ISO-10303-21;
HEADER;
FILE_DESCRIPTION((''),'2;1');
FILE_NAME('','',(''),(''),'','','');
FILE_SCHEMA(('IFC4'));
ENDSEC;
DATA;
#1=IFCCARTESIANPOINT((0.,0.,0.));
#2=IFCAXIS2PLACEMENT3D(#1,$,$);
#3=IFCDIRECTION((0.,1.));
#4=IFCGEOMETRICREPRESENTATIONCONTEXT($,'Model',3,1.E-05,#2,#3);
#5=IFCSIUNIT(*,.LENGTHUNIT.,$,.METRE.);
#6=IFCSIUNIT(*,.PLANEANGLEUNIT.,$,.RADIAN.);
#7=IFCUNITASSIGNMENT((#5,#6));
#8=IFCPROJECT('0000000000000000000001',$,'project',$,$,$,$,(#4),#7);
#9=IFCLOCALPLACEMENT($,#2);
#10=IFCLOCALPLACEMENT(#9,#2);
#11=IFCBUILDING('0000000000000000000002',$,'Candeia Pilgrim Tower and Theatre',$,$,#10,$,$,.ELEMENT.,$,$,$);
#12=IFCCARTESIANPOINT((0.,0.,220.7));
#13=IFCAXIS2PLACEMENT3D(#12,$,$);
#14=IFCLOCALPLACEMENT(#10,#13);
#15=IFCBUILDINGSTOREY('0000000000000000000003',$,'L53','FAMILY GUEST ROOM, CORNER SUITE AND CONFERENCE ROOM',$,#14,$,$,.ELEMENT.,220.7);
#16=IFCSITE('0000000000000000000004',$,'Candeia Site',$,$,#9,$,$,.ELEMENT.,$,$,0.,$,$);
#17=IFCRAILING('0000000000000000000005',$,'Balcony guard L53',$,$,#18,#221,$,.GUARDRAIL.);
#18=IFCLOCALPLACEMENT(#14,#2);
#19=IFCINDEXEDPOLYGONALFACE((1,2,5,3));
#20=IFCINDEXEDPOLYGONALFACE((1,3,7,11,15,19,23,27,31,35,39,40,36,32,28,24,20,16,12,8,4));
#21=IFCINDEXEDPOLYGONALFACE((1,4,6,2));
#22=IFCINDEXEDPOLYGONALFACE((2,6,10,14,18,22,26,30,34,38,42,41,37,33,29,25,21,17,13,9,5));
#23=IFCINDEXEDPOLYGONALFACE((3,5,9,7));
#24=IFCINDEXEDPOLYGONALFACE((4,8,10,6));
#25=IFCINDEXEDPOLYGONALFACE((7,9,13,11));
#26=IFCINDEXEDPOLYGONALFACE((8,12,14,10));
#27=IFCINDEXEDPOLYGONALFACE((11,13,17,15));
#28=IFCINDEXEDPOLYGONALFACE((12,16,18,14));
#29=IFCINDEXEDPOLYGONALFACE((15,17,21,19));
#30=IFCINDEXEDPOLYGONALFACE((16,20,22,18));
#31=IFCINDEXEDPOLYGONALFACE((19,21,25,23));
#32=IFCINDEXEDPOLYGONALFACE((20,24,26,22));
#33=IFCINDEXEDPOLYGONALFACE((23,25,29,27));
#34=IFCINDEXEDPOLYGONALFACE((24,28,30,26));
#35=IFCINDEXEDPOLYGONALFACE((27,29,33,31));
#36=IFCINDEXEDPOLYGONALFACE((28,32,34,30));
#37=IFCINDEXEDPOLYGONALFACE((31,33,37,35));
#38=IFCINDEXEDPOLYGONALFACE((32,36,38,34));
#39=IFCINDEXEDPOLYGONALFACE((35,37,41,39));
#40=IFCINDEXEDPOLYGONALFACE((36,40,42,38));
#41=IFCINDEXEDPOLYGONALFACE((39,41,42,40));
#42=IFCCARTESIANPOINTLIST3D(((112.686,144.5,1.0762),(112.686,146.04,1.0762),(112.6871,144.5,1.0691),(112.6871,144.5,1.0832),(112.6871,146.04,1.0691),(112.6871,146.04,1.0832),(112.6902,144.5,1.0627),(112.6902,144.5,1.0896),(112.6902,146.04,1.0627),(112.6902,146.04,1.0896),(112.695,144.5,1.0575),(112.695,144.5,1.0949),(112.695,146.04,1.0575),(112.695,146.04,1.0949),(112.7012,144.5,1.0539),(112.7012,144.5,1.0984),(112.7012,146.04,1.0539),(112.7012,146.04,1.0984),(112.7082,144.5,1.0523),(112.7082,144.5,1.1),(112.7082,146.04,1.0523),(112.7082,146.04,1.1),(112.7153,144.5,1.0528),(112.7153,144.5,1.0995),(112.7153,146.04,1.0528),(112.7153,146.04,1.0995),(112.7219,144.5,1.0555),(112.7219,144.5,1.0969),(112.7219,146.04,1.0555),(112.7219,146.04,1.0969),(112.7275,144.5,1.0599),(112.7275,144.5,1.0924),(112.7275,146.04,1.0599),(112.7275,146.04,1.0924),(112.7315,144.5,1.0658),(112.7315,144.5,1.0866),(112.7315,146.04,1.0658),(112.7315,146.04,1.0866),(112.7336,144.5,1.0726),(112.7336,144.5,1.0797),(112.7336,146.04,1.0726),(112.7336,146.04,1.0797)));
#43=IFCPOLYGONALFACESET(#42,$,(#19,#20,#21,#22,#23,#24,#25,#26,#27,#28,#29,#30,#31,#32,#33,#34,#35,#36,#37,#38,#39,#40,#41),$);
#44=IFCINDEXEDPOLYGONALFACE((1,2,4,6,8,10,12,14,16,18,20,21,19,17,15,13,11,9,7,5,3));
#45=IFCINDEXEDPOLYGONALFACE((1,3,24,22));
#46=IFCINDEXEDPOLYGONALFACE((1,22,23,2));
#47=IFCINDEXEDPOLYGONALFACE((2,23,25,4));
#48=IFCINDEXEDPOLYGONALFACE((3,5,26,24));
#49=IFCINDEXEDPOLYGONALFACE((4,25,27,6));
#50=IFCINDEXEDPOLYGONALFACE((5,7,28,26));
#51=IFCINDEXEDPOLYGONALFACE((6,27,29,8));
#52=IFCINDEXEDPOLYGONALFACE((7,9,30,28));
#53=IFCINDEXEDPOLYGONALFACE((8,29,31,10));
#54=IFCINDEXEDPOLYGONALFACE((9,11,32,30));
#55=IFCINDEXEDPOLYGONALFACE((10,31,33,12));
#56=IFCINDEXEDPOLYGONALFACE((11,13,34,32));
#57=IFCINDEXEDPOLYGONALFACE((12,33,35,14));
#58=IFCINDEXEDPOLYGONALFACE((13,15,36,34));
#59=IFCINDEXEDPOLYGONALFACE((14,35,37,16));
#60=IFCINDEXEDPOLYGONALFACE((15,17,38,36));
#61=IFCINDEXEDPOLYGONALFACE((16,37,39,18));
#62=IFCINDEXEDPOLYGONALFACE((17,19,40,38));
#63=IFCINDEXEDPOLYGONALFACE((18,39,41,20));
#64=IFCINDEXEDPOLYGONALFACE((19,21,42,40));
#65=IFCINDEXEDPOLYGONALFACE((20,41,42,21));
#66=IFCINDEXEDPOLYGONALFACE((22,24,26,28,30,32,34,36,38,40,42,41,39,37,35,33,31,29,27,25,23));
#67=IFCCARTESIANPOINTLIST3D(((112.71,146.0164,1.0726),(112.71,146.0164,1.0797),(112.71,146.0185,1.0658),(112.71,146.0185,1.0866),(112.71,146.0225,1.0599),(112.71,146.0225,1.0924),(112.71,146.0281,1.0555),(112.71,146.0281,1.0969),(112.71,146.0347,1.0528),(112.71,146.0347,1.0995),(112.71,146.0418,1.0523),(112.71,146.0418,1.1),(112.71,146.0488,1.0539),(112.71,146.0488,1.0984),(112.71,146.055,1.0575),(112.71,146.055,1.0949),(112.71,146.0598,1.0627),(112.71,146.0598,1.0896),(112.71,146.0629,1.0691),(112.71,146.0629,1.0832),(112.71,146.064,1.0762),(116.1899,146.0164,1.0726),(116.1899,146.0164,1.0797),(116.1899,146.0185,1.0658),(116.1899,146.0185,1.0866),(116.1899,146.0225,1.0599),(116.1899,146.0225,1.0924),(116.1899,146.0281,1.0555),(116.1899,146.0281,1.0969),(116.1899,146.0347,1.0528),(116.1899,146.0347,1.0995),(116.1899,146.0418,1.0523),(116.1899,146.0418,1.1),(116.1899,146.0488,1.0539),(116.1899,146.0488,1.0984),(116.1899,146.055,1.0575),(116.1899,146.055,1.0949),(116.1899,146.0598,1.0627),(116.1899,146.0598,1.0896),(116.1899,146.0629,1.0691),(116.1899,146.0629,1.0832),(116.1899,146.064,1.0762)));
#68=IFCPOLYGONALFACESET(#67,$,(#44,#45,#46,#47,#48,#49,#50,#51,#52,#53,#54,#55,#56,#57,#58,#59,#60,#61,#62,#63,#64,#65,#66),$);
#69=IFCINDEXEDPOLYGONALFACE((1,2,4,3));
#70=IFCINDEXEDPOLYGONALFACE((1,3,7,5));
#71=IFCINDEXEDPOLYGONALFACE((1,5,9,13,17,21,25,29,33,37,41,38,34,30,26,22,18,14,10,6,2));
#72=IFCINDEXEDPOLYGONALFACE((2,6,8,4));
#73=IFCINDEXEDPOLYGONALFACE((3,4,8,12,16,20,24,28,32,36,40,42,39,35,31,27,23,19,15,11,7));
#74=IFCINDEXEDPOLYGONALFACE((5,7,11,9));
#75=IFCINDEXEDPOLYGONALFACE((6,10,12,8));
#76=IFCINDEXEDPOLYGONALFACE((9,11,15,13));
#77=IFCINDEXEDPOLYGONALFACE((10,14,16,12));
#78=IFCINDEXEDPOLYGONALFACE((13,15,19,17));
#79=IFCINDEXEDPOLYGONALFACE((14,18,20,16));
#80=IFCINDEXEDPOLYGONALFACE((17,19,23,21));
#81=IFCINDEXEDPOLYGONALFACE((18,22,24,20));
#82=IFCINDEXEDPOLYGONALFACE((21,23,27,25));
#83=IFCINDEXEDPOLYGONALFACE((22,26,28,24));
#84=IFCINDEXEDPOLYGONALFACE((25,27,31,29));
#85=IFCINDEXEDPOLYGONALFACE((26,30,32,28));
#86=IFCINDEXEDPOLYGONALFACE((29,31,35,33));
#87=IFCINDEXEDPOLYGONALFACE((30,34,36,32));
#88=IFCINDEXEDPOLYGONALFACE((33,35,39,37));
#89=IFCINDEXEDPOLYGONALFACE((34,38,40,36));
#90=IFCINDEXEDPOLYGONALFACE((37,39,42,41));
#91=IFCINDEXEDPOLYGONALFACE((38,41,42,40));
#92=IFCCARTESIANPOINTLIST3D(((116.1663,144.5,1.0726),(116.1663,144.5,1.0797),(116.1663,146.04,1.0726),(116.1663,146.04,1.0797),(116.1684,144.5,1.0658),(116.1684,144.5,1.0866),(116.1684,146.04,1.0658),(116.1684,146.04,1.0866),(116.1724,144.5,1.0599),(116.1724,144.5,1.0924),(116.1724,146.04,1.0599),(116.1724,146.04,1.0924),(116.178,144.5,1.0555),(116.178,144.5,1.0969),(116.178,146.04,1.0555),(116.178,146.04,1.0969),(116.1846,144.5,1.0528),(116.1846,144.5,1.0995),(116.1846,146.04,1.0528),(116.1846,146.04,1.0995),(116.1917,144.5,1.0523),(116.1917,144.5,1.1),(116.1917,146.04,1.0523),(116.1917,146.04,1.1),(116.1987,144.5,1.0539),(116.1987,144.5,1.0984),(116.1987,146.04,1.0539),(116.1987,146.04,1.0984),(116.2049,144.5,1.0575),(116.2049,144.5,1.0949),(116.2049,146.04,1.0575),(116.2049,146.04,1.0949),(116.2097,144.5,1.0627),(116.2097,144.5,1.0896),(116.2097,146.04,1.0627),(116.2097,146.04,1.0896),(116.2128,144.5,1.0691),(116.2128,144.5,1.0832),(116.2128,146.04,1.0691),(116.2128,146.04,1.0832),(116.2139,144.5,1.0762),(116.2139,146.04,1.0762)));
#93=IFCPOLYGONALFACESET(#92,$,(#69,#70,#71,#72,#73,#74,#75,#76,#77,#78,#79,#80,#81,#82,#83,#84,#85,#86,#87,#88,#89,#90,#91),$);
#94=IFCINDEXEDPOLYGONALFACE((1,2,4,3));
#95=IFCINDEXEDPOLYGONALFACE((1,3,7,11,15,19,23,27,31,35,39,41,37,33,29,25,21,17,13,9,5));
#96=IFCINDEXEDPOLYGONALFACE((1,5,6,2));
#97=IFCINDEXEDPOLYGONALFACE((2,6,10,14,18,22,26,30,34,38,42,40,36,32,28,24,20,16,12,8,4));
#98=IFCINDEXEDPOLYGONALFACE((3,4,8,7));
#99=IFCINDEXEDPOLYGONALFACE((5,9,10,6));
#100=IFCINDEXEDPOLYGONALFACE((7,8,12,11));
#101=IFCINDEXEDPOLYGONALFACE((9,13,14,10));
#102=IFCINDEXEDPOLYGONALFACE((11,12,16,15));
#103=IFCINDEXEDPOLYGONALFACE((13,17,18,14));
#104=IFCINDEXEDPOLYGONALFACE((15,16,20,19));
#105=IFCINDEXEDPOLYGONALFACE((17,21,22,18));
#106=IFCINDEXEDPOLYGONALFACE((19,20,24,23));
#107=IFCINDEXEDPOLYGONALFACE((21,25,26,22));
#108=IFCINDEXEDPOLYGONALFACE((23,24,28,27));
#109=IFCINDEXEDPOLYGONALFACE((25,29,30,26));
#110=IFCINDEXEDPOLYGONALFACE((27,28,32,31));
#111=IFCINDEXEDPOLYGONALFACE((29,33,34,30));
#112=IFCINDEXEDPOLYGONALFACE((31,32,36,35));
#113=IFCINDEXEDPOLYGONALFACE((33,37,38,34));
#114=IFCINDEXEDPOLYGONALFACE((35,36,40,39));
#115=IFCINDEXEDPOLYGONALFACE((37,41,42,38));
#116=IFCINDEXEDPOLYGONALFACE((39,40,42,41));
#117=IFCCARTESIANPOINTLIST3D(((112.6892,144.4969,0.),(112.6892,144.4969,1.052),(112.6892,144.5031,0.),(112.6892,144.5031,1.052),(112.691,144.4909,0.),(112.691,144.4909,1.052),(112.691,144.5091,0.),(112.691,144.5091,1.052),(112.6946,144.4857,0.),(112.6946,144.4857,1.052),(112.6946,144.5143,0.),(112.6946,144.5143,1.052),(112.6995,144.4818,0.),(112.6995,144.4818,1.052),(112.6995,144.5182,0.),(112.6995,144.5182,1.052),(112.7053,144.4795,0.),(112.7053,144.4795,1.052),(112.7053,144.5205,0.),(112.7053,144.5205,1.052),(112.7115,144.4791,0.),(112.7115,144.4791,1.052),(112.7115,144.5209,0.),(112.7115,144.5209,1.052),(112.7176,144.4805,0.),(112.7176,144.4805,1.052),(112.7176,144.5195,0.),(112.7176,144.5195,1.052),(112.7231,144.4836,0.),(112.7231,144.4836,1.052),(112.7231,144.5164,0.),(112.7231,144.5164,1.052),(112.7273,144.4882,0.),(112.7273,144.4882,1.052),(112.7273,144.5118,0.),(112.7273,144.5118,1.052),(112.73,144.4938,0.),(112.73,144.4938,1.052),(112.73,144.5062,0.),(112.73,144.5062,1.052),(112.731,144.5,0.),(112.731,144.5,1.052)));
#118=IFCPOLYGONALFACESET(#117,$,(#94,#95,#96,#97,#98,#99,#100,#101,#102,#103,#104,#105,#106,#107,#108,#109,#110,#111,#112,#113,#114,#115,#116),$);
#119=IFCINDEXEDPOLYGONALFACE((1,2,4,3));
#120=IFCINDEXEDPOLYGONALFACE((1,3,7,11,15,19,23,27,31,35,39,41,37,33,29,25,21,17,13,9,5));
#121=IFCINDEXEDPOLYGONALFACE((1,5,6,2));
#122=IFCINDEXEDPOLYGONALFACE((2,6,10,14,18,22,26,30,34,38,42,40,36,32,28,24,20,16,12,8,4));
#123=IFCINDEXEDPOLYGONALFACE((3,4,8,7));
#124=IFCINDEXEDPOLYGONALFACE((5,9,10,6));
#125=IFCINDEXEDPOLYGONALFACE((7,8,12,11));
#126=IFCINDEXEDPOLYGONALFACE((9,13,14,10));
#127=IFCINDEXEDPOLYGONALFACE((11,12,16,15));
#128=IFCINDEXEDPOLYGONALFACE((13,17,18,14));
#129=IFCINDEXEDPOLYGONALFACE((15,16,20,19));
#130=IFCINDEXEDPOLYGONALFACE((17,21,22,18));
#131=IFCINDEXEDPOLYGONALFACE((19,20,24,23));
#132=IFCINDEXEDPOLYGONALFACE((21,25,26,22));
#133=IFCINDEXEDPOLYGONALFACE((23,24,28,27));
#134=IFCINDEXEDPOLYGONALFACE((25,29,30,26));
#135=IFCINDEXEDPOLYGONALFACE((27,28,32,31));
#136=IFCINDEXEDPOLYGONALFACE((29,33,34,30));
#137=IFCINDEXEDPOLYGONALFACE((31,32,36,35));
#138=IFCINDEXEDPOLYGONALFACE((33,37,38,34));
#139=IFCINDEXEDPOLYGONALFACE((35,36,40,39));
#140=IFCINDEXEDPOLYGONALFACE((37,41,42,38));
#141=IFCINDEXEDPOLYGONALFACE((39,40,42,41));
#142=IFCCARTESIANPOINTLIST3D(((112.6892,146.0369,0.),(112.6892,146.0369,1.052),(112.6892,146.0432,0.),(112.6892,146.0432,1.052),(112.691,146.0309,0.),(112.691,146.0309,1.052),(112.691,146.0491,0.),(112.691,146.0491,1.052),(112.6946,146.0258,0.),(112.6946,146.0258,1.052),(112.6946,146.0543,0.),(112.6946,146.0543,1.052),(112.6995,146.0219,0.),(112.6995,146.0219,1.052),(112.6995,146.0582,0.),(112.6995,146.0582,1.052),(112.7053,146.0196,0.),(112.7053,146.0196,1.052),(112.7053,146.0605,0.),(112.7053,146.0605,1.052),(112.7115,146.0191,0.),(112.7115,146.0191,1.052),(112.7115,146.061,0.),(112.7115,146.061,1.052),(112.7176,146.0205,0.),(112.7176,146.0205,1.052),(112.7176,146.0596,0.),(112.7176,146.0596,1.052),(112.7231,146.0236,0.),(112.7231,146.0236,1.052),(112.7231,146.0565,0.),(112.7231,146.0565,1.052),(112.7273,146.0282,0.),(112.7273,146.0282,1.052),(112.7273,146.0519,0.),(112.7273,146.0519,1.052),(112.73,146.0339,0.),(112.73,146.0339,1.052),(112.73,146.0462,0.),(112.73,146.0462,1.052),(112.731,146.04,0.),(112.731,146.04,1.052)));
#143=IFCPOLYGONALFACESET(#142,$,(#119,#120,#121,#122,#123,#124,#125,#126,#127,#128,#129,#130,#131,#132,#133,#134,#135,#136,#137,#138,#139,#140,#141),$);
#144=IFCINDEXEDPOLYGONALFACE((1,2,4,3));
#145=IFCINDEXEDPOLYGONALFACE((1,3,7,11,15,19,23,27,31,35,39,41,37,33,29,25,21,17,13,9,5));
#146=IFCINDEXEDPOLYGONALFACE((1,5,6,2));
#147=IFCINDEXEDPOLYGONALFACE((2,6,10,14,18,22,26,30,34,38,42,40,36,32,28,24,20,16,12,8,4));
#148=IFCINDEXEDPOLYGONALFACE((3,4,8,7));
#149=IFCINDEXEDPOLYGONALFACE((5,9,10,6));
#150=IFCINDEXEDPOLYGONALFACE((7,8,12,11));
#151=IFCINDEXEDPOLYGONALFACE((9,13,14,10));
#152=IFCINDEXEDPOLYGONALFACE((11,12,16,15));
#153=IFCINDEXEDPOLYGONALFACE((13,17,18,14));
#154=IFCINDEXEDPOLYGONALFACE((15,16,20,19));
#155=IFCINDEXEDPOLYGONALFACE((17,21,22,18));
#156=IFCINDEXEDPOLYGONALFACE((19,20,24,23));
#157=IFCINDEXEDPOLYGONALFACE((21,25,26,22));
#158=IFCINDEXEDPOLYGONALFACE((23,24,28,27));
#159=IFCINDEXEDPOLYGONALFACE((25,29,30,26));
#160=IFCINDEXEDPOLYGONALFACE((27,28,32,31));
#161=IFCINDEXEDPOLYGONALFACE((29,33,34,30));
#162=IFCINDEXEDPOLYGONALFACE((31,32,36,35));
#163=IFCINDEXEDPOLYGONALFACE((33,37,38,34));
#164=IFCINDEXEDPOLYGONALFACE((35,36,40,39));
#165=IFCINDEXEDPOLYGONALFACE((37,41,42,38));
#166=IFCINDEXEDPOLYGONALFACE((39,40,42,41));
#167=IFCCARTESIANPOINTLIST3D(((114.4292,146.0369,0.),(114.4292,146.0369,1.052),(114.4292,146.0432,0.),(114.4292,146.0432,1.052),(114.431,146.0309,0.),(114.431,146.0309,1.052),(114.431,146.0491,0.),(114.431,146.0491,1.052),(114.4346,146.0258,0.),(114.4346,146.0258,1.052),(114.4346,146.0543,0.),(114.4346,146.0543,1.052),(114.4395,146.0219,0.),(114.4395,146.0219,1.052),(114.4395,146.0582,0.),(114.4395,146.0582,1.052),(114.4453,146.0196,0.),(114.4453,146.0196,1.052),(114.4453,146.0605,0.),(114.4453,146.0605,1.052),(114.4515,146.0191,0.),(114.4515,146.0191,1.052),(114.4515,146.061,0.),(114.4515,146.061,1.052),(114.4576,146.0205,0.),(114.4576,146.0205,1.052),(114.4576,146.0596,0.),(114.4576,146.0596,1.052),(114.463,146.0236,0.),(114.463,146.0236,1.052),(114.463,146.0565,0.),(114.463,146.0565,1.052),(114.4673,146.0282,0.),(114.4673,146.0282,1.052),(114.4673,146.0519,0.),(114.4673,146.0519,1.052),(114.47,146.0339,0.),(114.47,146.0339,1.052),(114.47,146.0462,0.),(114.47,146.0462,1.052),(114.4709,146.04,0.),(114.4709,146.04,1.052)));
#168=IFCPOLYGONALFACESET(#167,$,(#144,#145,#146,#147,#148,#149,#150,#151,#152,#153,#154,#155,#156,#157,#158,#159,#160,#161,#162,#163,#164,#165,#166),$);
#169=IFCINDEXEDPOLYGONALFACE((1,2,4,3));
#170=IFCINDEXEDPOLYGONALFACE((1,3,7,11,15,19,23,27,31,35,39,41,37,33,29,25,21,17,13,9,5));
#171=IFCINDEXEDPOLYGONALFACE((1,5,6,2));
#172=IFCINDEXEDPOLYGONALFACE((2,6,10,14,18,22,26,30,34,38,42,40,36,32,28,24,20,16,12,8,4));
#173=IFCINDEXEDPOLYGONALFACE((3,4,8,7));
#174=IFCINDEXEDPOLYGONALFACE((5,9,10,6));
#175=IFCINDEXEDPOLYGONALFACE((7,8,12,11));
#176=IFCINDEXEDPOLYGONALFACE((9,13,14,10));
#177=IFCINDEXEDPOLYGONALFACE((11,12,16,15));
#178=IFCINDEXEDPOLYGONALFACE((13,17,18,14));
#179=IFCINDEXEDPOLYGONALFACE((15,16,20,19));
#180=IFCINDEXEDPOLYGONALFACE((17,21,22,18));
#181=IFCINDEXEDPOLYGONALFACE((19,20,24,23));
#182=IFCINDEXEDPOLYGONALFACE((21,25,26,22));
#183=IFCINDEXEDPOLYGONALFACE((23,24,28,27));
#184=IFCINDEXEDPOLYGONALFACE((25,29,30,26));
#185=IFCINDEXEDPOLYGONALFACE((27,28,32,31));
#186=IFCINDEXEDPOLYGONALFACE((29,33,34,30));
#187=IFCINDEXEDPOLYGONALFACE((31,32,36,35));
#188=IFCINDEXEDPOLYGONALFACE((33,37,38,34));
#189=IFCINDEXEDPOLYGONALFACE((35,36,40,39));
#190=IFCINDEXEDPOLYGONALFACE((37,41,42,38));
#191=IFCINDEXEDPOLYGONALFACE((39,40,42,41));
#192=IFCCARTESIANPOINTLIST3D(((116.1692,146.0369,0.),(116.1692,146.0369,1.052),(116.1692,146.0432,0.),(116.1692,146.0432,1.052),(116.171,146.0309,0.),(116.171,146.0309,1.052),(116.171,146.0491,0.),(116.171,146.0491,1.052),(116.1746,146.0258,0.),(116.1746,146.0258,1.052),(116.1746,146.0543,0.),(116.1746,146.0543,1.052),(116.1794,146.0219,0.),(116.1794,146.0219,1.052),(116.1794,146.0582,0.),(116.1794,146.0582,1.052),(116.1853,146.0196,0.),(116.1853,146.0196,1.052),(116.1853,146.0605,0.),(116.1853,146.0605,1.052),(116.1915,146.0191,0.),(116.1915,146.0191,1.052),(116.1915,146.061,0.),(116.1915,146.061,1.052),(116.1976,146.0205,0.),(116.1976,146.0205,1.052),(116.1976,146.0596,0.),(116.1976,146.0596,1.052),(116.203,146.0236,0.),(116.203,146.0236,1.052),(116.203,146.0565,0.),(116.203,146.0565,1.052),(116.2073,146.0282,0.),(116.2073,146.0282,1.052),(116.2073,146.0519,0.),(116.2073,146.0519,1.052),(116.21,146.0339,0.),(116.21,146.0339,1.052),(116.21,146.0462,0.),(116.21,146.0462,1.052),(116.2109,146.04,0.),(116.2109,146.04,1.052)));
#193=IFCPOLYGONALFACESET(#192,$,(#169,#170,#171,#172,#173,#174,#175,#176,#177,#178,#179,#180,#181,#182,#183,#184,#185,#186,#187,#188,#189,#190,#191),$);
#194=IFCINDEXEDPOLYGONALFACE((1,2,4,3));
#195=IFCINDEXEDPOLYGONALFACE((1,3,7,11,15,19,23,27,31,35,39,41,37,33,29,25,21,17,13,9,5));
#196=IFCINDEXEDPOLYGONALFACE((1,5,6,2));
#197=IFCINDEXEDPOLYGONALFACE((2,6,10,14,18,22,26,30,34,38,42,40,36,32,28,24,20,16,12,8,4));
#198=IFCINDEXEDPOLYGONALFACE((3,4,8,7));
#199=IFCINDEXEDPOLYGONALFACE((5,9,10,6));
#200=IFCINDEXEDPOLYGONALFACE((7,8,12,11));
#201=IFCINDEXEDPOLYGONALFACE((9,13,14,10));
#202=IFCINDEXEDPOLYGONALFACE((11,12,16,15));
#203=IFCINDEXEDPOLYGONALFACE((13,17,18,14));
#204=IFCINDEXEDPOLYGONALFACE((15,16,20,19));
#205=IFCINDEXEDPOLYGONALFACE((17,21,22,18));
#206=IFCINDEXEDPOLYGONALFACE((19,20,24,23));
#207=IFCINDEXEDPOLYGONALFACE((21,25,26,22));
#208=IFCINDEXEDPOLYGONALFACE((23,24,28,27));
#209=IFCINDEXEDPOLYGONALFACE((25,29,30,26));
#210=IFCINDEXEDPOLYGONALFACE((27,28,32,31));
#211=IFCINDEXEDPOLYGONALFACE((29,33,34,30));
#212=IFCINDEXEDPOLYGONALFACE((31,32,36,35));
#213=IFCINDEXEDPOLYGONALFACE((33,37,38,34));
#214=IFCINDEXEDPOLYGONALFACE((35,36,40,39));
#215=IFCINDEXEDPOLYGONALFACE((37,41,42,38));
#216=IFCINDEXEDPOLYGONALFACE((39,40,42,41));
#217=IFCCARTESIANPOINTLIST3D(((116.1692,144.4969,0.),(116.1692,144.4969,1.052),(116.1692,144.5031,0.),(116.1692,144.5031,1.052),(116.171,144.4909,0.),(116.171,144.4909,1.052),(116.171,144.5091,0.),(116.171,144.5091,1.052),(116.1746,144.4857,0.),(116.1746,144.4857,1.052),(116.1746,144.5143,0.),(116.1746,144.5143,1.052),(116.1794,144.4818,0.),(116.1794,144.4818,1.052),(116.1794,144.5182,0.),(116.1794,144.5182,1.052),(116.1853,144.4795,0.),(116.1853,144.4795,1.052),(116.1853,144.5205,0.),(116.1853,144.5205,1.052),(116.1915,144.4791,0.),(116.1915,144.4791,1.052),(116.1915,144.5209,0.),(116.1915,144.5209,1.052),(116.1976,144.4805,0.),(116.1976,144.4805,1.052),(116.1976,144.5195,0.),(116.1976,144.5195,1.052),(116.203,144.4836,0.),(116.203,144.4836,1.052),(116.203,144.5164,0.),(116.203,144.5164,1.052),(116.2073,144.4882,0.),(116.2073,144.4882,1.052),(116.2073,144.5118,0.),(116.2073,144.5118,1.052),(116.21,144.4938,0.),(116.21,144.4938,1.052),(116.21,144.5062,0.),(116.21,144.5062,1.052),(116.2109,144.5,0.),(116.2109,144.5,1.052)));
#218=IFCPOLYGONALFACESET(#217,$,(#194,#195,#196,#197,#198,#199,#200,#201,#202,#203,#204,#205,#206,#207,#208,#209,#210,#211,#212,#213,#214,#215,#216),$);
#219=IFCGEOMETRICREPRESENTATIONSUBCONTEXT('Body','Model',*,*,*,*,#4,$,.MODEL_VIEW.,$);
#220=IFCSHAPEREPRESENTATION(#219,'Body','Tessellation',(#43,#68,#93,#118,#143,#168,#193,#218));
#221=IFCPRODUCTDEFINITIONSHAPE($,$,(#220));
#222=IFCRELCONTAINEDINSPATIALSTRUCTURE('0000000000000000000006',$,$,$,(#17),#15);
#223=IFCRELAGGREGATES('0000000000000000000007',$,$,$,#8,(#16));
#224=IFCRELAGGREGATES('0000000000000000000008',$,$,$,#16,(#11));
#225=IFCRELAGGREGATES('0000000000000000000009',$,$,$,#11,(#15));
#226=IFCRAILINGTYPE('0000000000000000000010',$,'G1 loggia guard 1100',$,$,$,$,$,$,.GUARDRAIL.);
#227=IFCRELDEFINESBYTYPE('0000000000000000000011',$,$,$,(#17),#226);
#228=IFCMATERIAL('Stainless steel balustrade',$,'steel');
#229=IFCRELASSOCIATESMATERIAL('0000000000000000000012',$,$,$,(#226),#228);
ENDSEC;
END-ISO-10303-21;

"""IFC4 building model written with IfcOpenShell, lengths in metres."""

from ifc_helpers import new_model, si_unit, direction, frame, origin, origin_2d, place, context, subcontext, project, spatial, circle, extrude, material, type_object, element, save


model = new_model("IFC4")

# Units and contexts
model_context = context("Model", 3, precision=1e-05, world=origin(), true_north=direction((0.0, 1.0)))
body_context = subcontext(model_context, "Body", "Model", "MODEL_VIEW")
ifc_project = project(units=[si_unit("LENGTHUNIT", "METRE"), si_unit("PLANEANGLEUNIT", "RADIAN")], contexts=[model_context])

# Site, building, storey
site_placement = place(None, origin())
site = spatial("IfcSite", under=ifc_project, at=site_placement, Name="Candeia Site", CompositionType="ELEMENT", RefElevation=0.0)
building_placement = place(site_placement, origin())
building = spatial("IfcBuilding", under=site, at=building_placement, Name="Candeia Pilgrim Tower and Theatre", CompositionType="ELEMENT")
storey_placement = place(building_placement, frame((0.0, 0.0, 220.7)))
storey = spatial("IfcBuildingStorey", under=building, at=storey_placement, Name="L53", Description="FAMILY GUEST ROOM, CORNER SUITE AND CONFERENCE ROOM", CompositionType="ELEMENT", Elevation=220.7)

# Railing
ifc_material_1 = material(Name="Stainless steel balustrade", Category="steel")
railing_type = type_object("IfcRailingType", Name="G1 loggia guard 1100", PredefinedType="GUARDRAIL", material=ifc_material_1)
railing_placement = place(storey_placement, frame((112.71, 144.5, 0.0)))
element("IfcRailing", 1, at=railing_placement, inside=storey, type_object=railing_type, Name="Balcony guard L53", PredefinedType="GUARDRAIL", context=body_context, shape_type="SweptSolid", body=[
    extrude(circle(Radius=0.0239, at=origin_2d()), frame((0.0, 0.0, 1.0762), z_axis=(0.0, 1.0, 0.0), x_axis=(-1.0, 0.0, 0.0)), (0.0, 0.0, 1.0), 1.54),
    extrude(circle(Radius=0.0239, at=origin_2d()), frame((0.0, 1.54, 1.0762), z_axis=(1.0, 0.0, 0.0), x_axis=(0.0, 1.0, 0.0)), (0.0, 0.0, 1.0), 3.48),
    extrude(circle(Radius=0.0239, at=origin_2d()), frame((3.48, 1.54, 1.0762), z_axis=(0.0, -1.0, 0.0), x_axis=(1.0, 0.0, 0.0)), (0.0, 0.0, 1.0), 1.54),
    extrude(circle(Radius=0.021, at=origin_2d()), origin(), (0.0, 0.0, 1.0), 1.052),
    extrude(circle(Radius=0.021, at=origin_2d()), frame((0.0, 1.54, 0.0)), (0.0, 0.0, 1.0), 1.052),
    extrude(circle(Radius=0.021, at=origin_2d()), frame((1.74, 1.54, 0.0)), (0.0, 0.0, 1.0), 1.052),
    extrude(circle(Radius=0.021, at=origin_2d()), frame((3.48, 1.54, 0.0)), (0.0, 0.0, 1.0), 1.052),
    extrude(circle(Radius=0.021, at=origin_2d()), frame((3.48, 0.0, 0.0)), (0.0, 0.0, 1.0), 1.052),
])

save(model, "model.ifc")
